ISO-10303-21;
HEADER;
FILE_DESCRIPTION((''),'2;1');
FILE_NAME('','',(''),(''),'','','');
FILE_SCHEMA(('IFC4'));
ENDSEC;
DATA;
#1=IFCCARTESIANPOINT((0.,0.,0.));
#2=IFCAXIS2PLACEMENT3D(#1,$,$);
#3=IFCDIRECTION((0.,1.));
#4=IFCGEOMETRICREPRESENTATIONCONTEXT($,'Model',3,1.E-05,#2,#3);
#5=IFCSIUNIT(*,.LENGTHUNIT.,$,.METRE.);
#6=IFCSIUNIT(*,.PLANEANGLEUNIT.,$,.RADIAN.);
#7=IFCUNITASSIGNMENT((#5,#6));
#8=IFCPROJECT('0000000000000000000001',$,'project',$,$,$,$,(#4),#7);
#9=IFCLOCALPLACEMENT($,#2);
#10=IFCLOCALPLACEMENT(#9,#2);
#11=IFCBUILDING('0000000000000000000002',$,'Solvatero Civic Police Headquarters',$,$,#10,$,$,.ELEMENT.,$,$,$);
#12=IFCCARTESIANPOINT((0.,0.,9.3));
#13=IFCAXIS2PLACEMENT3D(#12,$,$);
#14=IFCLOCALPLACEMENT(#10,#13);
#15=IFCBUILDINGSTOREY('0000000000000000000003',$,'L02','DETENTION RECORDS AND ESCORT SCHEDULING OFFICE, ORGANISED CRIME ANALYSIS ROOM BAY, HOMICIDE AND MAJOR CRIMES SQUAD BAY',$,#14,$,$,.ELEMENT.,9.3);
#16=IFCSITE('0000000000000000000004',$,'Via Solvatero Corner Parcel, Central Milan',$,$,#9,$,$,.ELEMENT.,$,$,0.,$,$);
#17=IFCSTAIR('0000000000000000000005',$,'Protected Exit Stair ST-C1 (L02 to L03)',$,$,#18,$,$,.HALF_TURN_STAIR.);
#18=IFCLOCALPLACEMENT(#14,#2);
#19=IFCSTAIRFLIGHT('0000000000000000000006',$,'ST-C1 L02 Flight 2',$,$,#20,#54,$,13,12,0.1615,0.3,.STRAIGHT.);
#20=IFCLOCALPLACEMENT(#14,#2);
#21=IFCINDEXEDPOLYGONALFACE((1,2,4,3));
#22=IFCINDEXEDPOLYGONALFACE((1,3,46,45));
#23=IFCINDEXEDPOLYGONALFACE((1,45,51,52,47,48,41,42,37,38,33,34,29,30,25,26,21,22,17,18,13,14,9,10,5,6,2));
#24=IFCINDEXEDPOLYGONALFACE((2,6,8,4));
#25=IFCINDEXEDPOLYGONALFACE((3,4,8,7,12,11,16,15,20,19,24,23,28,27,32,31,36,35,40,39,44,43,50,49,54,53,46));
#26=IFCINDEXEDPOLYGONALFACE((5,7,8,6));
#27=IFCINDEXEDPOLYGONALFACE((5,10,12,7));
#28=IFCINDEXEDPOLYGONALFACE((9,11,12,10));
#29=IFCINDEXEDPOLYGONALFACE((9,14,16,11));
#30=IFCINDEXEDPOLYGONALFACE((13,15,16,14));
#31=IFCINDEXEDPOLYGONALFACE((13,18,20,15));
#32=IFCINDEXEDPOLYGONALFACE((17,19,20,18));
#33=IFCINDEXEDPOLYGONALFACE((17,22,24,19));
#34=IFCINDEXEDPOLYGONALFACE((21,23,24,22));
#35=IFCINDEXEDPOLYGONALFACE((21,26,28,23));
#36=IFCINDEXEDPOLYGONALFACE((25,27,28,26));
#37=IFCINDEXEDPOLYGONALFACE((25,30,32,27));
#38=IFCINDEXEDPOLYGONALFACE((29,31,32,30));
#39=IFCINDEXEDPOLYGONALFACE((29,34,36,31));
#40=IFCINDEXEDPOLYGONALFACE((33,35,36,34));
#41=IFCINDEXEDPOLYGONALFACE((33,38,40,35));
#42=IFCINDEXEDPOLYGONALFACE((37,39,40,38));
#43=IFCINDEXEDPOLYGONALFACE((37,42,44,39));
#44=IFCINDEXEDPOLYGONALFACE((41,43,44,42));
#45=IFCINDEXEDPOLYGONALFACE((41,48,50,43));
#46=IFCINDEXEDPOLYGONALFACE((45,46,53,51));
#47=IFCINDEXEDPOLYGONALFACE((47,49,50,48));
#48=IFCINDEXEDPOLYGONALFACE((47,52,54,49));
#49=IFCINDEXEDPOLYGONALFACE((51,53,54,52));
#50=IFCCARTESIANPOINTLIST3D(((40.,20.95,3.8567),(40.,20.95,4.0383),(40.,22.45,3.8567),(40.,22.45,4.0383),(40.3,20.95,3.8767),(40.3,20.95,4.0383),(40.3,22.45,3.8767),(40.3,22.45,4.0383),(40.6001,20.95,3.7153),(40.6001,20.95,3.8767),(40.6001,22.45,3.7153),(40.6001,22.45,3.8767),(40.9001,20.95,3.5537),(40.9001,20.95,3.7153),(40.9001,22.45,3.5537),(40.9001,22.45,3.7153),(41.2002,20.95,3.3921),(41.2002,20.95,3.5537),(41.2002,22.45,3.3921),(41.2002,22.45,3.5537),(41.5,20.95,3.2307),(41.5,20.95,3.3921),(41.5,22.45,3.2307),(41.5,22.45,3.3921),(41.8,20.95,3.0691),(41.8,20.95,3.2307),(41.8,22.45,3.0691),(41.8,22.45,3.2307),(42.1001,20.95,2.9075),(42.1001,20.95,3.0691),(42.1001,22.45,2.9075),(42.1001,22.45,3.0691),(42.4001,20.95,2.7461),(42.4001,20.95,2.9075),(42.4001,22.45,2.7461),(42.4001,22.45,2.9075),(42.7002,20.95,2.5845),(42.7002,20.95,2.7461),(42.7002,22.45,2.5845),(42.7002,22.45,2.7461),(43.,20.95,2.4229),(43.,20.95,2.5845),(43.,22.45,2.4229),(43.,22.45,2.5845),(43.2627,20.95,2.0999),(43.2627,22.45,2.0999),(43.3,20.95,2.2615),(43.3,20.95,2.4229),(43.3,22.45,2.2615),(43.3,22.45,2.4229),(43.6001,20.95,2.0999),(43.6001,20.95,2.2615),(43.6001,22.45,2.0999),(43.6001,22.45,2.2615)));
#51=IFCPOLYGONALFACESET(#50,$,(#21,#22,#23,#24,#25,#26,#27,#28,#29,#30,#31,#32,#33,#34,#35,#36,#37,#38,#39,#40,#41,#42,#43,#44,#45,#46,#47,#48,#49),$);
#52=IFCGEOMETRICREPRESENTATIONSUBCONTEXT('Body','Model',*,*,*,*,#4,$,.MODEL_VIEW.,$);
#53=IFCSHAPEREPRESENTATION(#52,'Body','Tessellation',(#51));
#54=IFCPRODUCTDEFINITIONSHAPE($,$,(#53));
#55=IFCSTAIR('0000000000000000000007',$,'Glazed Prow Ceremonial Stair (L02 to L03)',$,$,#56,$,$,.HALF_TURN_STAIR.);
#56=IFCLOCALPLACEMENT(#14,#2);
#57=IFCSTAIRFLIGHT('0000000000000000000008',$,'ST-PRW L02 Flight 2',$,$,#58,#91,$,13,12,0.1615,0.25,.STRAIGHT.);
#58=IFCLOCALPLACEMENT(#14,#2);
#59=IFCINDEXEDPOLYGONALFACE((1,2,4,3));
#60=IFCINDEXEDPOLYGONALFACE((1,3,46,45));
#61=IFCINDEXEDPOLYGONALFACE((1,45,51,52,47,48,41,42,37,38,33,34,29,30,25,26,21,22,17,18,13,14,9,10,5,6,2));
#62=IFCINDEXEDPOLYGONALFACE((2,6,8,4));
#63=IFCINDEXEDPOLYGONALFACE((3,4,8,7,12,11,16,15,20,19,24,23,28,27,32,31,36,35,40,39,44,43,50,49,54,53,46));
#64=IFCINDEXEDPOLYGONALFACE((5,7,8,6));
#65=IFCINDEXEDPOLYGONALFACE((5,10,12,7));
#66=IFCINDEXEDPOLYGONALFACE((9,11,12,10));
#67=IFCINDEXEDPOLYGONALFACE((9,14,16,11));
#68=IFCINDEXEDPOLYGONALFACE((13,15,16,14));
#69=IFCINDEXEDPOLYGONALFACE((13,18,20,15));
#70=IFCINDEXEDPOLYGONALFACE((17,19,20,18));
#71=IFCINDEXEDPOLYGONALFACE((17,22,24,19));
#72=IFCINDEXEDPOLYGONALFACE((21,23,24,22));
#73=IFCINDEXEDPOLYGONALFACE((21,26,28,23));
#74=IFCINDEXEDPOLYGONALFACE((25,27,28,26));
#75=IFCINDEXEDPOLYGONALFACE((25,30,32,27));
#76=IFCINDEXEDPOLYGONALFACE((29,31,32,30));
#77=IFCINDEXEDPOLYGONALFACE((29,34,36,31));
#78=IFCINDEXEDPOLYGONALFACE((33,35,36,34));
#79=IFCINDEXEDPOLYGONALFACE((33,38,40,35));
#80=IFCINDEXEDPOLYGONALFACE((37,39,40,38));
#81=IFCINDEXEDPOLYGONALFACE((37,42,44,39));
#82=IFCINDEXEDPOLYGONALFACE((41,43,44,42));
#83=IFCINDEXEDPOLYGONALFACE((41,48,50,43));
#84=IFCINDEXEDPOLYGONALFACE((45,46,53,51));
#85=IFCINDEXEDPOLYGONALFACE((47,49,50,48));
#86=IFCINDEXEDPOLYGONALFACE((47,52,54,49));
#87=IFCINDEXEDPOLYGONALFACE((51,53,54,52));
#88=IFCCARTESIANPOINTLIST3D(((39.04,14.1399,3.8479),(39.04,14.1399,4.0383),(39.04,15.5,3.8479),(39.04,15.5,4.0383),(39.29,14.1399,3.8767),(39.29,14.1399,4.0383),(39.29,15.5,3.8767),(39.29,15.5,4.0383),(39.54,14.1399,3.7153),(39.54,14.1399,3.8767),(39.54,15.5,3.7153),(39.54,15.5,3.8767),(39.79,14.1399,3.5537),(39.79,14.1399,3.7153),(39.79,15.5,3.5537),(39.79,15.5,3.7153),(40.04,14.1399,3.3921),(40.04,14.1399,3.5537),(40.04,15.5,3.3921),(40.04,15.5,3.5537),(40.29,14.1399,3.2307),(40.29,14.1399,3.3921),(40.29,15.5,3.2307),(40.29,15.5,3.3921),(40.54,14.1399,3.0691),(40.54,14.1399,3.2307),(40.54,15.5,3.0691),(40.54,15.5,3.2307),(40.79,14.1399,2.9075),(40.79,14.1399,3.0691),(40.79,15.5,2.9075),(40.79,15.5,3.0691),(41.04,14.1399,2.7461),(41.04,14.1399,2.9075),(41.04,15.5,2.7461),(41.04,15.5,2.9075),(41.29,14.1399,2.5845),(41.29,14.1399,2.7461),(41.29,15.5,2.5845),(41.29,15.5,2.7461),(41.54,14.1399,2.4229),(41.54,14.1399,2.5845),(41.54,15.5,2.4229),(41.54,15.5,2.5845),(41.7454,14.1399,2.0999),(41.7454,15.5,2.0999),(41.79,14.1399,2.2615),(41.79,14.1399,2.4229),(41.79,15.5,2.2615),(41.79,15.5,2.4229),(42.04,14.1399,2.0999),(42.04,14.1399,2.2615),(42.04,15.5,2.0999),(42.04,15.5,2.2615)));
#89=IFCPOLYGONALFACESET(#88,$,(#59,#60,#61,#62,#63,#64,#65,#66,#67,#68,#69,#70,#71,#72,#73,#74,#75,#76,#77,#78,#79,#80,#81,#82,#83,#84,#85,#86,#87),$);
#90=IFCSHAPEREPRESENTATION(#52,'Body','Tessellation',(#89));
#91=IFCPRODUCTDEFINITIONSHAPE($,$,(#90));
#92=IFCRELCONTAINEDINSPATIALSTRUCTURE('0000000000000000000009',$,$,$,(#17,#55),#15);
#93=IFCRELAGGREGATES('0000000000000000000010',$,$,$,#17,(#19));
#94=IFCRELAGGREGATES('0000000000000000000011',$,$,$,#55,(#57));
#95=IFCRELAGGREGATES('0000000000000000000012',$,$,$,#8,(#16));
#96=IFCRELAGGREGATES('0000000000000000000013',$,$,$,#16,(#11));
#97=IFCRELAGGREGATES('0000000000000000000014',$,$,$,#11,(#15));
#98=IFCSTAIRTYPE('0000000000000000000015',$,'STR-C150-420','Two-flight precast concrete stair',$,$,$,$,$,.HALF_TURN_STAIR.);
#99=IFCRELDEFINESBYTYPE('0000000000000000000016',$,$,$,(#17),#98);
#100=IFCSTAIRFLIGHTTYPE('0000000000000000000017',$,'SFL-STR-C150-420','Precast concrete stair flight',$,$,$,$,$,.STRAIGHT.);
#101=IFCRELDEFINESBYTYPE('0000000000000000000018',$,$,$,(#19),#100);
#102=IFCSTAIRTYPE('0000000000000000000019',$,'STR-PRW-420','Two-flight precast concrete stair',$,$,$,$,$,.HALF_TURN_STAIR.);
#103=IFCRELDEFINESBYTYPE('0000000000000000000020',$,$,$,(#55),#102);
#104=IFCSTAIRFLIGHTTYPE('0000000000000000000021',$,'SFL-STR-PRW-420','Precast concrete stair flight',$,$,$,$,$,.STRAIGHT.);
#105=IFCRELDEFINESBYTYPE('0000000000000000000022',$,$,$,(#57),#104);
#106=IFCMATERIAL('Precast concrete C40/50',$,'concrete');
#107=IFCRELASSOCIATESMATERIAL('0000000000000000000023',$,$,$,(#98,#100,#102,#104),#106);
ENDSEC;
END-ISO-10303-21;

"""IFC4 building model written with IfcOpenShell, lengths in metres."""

from ifc_helpers import new_model, si_unit, direction, frame, origin, place, context, subcontext, project, spatial, polyline, outline, extrude, material, type_object, element, aggregate, save


model = new_model("IFC4")

# Units and contexts
model_context = context("Model", 3, precision=1e-05, world=origin(), true_north=direction((0.0, 1.0)))
body_context = subcontext(model_context, "Body", "Model", "MODEL_VIEW")
ifc_project = project(units=[si_unit("LENGTHUNIT", "METRE"), si_unit("PLANEANGLEUNIT", "RADIAN")], contexts=[model_context])

# Site, building, storey
site_placement = place(None, origin())
site = spatial("IfcSite", under=ifc_project, at=site_placement, Name="Via Solvatero Corner Parcel, Central Milan", CompositionType="ELEMENT", RefElevation=0.0)
building_placement = place(site_placement, origin())
building = spatial("IfcBuilding", under=site, at=building_placement, Name="Solvatero Civic Police Headquarters", CompositionType="ELEMENT")
storey_placement = place(building_placement, frame((0.0, 0.0, 9.3)))
storey = spatial("IfcBuildingStorey", under=building, at=storey_placement, Name="L02", Description="DETENTION RECORDS AND ESCORT SCHEDULING OFFICE, ORGANISED CRIME ANALYSIS ROOM BAY, HOMICIDE AND MAJOR CRIMES SQUAD BAY", CompositionType="ELEMENT", Elevation=9.3)

# Stair, stair flight
ifc_material_1 = material(Name="Precast concrete C40/50", Category="concrete")
stair_type_1 = type_object("IfcStairType", Name="STR-C150-420", Description="Two-flight precast concrete stair", PredefinedType="HALF_TURN_STAIR", material=ifc_material_1)
stair_1_placement = place(storey_placement, origin())
stair_1 = element("IfcStair", 1, at=stair_1_placement, inside=storey, type_object=stair_type_1, Name="Protected Exit Stair ST-C1 (L02 to L03)", PredefinedType="HALF_TURN_STAIR")
stair_flight_type_1 = type_object("IfcStairFlightType", Name="SFL-STR-C150-420", Description="Precast concrete stair flight", PredefinedType="STRAIGHT", material=ifc_material_1)
stair_flight_1_placement = place(storey_placement, frame((43.6001, 21.7, 2.0999), z_axis=(0.0, 0.0, 1.0), x_axis=(-1.0, 0.0, 0.0)))
stair_flight_1 = element("IfcStairFlight", 2, at=stair_flight_1_placement, type_object=stair_flight_type_1, Name="ST-C1 L02 Flight 2", NumberOfRisers=13, NumberOfTreads=12, PredefinedType="STRAIGHT", RiserHeight=0.1615, TreadLength=0.3, context=body_context, shape_type="SweptSolid", body=[
    extrude(outline(polyline([(0.0, 0.0), (0.0, 0.1616), (0.3, 0.1616), (0.3, 0.323), (0.6001, 0.323), (0.6001, 0.4846), (0.8999, 0.4846), (0.8999, 0.6462), (1.2, 0.6462), (1.2, 0.8076), (1.5, 0.8076), (1.5, 0.9692), (1.8, 0.9692), (1.8, 1.1309), (2.1001, 1.1309), (2.1001, 1.2922), (2.3999, 1.2922), (2.3999, 1.4539), (2.7, 1.4539), (2.7, 1.6155), (3.0, 1.6155), (3.0, 1.7769), (3.3, 1.7769), (3.3, 1.9385), (3.6001, 1.9385), (3.6001, 2.1001), (3.6001, 1.7568), (0.3374, 0.0), (0.0, 0.0)])), frame((0.0, 0.75, 0.0), z_axis=(0.0, -1.0, 0.0), x_axis=(1.0, 0.0, 0.0)), (0.0, 0.0, 1.0), 1.5),
])
aggregate(stair_1, [stair_flight_1])

# Stair, stair flight
stair_type_2 = type_object("IfcStairType", Name="STR-PRW-420", Description="Two-flight precast concrete stair", PredefinedType="HALF_TURN_STAIR", material=ifc_material_1)
stair_2_placement = place(storey_placement, origin())
stair_2 = element("IfcStair", 3, at=stair_2_placement, inside=storey, type_object=stair_type_2, Name="Glazed Prow Ceremonial Stair (L02 to L03)", PredefinedType="HALF_TURN_STAIR")
stair_flight_type_2 = type_object("IfcStairFlightType", Name="SFL-STR-PRW-420", Description="Precast concrete stair flight", PredefinedType="STRAIGHT", material=ifc_material_1)
stair_flight_2_placement = place(storey_placement, frame((42.04, 14.8201, 2.0999), z_axis=(0.0, 0.0, 1.0), x_axis=(-1.0, 0.0, 0.0)))
stair_flight_2 = element("IfcStairFlight", 4, at=stair_flight_2_placement, type_object=stair_flight_type_2, Name="ST-PRW L02 Flight 2", NumberOfRisers=13, NumberOfTreads=12, PredefinedType="STRAIGHT", RiserHeight=0.1615, TreadLength=0.25, context=body_context, shape_type="SweptSolid", body=[
    extrude(outline(polyline([(0.0, 0.0), (0.0, 0.1616), (0.25, 0.1616), (0.25, 0.323), (0.5, 0.323), (0.5, 0.4846), (0.75, 0.4846), (0.75, 0.6462), (1.0, 0.6462), (1.0, 0.8076), (1.25, 0.8076), (1.25, 0.9692), (1.5, 0.9692), (1.5, 1.1309), (1.75, 1.1309), (1.75, 1.2922), (2.0, 1.2922), (2.0, 1.4539), (2.25, 1.4539), (2.25, 1.6155), (2.5, 1.6155), (2.5, 1.7769), (2.75, 1.7769), (2.75, 1.9385), (3.0, 1.9385), (3.0, 2.1001), (3.0, 1.748), (0.2947, 0.0), (0.0, 0.0)])), frame((0.0, 0.6802, 0.0), z_axis=(0.0, -1.0, 0.0), x_axis=(1.0, 0.0, 0.0)), (0.0, 0.0, 1.0), 1.3601),
])
aggregate(stair_2, [stair_flight_2])

save(model, "model.ifc")
